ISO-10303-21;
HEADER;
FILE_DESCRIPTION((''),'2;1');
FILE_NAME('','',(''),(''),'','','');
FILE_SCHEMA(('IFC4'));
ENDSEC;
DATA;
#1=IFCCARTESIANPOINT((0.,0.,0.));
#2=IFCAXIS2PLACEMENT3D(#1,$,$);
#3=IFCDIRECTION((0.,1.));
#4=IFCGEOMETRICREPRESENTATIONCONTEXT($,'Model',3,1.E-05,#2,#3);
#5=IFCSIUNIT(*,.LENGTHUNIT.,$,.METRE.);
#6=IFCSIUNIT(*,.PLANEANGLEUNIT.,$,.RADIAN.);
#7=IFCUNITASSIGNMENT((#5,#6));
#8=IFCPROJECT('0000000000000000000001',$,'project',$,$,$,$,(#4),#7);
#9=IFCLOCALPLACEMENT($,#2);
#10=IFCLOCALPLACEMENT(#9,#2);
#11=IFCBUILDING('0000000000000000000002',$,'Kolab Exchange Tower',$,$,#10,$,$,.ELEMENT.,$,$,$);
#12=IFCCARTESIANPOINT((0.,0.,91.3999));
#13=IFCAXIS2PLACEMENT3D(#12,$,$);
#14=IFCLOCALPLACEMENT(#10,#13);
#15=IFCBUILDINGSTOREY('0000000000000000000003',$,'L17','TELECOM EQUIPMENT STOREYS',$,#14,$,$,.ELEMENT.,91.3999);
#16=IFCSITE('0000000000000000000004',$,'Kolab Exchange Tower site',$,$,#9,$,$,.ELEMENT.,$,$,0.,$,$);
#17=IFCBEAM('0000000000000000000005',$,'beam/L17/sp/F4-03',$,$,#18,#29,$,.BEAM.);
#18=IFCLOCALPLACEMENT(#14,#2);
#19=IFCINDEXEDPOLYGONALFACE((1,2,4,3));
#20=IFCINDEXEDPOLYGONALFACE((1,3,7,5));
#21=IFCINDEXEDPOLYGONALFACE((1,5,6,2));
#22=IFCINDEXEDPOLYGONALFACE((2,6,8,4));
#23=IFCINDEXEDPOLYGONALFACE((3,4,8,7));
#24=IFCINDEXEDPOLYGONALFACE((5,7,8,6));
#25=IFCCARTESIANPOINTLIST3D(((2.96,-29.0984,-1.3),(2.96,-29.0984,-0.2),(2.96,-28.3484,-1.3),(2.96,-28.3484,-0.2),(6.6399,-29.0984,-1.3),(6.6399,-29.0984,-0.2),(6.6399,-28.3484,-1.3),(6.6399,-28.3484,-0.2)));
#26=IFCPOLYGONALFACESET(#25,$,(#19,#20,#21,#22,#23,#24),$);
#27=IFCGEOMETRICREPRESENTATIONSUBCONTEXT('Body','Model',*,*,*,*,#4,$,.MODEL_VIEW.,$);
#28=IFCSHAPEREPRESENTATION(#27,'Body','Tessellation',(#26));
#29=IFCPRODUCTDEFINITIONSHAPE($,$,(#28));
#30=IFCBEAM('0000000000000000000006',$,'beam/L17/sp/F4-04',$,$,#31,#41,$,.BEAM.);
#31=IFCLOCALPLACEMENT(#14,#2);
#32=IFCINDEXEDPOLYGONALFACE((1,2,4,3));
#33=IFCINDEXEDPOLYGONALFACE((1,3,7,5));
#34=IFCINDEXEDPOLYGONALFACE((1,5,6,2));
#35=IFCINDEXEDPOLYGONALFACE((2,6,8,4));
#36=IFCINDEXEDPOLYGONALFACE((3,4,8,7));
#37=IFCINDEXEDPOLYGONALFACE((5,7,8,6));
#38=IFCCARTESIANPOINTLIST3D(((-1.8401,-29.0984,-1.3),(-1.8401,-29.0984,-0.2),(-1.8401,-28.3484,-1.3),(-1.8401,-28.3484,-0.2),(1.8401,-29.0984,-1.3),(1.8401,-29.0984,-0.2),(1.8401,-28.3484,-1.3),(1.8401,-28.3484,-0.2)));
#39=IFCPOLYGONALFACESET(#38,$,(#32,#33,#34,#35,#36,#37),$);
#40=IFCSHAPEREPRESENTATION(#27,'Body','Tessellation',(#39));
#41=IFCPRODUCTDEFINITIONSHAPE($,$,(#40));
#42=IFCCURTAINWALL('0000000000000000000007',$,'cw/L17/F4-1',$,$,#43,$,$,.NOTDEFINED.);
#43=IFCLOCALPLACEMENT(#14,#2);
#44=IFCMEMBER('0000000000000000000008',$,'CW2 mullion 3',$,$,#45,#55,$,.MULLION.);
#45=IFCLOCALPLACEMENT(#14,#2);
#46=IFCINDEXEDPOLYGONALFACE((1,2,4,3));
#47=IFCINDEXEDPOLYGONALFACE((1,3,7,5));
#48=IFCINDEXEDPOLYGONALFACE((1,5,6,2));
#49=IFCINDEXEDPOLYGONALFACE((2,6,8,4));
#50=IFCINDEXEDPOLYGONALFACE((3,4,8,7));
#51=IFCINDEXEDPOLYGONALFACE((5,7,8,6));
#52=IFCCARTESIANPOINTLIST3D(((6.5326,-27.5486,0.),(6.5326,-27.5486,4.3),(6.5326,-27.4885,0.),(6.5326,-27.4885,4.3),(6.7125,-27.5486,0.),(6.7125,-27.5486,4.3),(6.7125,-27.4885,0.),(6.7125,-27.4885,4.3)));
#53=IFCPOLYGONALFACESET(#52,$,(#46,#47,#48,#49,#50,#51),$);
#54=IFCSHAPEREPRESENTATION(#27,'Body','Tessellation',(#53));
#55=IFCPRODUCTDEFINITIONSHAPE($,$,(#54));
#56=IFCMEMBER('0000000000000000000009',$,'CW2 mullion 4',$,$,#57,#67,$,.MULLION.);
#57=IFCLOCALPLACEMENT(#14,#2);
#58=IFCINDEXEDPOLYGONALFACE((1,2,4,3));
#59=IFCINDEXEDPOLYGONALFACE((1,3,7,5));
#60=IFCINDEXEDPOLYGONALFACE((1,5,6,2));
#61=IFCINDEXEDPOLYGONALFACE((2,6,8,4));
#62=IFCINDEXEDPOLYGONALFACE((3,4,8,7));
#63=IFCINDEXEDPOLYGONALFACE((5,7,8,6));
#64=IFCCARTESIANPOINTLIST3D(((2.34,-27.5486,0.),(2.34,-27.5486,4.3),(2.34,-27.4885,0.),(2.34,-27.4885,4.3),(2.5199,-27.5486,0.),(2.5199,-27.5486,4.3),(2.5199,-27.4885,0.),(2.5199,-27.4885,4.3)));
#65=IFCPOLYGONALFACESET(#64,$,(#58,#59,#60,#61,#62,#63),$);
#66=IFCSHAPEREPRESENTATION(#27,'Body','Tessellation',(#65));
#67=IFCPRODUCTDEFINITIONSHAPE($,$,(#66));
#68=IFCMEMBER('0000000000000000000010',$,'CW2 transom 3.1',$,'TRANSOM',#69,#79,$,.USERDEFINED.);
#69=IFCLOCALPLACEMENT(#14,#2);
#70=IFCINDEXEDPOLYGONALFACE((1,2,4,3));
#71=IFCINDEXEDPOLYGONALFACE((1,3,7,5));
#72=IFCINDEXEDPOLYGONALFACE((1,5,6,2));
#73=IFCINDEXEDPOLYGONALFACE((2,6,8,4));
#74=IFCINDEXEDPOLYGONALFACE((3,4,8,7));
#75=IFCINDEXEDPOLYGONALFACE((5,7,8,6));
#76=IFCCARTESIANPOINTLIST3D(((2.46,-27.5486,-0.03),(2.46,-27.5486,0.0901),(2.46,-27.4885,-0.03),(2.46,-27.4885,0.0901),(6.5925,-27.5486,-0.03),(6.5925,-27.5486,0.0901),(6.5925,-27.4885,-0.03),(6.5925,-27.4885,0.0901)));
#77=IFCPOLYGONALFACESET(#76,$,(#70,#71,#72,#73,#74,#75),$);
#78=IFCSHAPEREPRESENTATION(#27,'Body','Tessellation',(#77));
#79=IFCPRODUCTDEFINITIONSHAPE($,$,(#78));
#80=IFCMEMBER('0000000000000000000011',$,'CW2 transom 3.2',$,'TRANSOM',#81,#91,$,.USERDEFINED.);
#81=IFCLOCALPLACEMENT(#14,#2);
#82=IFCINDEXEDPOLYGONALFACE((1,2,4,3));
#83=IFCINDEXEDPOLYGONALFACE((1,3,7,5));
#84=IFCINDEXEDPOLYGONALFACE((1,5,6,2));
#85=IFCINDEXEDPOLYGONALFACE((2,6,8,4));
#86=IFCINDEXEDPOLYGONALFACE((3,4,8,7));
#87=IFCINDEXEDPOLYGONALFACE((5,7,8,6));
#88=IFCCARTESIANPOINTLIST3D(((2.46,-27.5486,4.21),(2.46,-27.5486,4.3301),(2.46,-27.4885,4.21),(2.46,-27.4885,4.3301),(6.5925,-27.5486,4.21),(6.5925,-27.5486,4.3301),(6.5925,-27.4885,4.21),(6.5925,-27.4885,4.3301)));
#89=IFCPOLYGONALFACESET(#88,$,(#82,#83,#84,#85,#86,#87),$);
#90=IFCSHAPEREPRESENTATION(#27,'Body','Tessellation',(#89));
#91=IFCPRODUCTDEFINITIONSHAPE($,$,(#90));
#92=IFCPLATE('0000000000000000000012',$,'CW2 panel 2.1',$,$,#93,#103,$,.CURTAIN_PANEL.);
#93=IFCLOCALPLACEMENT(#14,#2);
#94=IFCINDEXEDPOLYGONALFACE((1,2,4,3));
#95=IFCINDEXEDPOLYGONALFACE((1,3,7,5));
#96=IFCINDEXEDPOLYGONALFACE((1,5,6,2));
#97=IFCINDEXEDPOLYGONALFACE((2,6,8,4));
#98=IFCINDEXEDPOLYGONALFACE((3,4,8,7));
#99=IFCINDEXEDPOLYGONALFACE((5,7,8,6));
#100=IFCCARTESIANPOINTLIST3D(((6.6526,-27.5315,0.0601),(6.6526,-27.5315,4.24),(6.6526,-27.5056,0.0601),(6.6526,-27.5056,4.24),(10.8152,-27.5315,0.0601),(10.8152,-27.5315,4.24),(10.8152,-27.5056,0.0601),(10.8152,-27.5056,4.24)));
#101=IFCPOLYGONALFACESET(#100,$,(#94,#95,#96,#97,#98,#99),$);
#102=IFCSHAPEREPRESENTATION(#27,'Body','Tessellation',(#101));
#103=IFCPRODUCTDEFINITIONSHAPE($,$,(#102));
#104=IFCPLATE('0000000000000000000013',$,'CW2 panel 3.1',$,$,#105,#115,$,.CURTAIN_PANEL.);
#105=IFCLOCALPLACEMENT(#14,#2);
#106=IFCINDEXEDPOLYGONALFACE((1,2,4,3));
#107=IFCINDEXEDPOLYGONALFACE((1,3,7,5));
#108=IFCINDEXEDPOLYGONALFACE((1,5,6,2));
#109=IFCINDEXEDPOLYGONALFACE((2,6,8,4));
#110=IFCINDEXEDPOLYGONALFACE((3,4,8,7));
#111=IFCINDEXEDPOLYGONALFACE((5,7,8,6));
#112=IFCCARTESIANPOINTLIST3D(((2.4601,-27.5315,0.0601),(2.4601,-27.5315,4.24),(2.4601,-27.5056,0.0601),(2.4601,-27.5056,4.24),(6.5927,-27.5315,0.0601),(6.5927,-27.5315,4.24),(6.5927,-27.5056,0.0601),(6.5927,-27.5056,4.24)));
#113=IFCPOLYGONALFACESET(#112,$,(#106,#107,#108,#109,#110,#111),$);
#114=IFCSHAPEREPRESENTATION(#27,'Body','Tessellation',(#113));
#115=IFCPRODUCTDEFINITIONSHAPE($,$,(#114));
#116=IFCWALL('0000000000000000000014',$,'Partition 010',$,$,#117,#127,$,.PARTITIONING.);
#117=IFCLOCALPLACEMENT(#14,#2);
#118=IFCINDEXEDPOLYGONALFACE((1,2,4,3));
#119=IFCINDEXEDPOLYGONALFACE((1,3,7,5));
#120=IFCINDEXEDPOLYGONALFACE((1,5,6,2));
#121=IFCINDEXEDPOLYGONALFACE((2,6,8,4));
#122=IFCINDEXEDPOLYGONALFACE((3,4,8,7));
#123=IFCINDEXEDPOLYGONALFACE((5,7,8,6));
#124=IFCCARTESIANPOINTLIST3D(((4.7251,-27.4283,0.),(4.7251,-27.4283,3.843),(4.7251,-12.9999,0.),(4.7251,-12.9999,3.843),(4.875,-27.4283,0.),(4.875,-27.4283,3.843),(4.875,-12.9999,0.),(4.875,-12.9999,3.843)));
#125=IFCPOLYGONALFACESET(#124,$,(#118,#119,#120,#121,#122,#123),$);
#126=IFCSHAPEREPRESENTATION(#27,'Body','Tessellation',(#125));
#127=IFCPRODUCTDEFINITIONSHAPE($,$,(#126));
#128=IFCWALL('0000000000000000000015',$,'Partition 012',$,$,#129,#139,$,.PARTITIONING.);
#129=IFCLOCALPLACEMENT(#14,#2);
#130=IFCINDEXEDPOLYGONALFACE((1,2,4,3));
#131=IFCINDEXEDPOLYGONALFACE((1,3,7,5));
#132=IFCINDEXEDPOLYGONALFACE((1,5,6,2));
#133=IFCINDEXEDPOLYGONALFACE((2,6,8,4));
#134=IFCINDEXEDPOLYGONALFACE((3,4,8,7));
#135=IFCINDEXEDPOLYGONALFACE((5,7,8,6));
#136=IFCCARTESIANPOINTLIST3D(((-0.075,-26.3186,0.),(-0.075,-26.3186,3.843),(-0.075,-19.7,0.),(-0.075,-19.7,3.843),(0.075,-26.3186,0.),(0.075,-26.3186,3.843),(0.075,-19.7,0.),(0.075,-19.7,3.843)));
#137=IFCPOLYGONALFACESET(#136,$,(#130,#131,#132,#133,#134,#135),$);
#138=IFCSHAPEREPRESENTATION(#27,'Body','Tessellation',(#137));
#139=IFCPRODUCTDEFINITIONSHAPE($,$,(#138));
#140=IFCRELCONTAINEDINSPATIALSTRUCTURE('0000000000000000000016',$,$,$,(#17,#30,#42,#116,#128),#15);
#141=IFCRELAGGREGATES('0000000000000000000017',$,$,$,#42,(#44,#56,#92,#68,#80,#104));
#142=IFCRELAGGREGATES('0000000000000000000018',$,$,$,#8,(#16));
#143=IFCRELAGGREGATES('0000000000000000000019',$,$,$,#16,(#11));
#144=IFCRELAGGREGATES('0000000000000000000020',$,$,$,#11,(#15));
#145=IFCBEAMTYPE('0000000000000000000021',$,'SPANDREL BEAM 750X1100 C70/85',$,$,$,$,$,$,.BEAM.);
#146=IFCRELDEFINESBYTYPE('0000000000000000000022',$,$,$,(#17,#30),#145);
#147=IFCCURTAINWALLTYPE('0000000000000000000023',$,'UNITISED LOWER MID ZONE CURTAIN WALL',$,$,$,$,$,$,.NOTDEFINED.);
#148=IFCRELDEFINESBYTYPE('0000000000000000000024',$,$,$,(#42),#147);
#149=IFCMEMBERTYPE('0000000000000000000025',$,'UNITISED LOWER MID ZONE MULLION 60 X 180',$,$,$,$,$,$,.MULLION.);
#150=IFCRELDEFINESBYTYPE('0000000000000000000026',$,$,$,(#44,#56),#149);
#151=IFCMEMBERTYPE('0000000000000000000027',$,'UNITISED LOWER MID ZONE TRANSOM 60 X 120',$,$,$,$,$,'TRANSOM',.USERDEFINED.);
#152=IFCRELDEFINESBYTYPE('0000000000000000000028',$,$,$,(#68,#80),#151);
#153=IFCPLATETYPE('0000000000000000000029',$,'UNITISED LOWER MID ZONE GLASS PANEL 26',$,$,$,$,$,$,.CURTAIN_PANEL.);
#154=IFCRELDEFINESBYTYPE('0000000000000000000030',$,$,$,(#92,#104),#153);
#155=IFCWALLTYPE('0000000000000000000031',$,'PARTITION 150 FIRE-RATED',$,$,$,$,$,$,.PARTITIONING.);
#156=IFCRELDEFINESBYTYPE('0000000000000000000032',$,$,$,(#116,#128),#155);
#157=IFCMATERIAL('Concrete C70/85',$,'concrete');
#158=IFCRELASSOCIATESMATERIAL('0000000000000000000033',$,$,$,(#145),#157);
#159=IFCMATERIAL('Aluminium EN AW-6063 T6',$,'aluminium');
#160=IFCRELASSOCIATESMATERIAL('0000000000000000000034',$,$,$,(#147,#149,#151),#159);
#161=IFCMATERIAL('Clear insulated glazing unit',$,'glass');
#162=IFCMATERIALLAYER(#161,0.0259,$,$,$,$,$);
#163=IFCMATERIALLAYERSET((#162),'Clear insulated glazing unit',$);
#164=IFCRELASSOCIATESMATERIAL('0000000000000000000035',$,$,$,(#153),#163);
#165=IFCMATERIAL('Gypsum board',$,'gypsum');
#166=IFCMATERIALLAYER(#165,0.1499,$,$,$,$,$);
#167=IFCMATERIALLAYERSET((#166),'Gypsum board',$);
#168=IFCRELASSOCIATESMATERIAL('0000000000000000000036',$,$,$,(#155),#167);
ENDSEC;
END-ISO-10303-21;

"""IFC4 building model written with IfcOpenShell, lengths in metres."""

from ifc_helpers import new_model, si_unit, direction, frame, frame_2d, origin, origin_2d, place, context, subcontext, project, spatial, rectangle, extrude, material, layer, layer_set, material_profile, profile_set, type_object, element, aggregate, save


model = new_model("IFC4")

# Units and contexts
model_context = context("Model", 3, precision=1e-05, world=origin(), true_north=direction((0.0, 1.0)))
body_context = subcontext(model_context, "Body", "Model", "MODEL_VIEW")
ifc_project = project(units=[si_unit("LENGTHUNIT", "METRE"), si_unit("PLANEANGLEUNIT", "RADIAN")], contexts=[model_context])

# Site, building, storey
site_placement = place(None, origin())
site = spatial("IfcSite", under=ifc_project, at=site_placement, Name="Kolab Exchange Tower site", CompositionType="ELEMENT", RefElevation=0.0)
building_placement = place(site_placement, origin())
building = spatial("IfcBuilding", under=site, at=building_placement, Name="Kolab Exchange Tower", CompositionType="ELEMENT")
storey_placement = place(building_placement, frame((0.0, 0.0, 91.3999)))
storey = spatial("IfcBuildingStorey", under=building, at=storey_placement, Name="L17", Description="TELECOM EQUIPMENT STOREYS", CompositionType="ELEMENT", Elevation=91.3999)

# Shared definitions
ifc_material_1 = material(Name="Concrete C70/85", Category="concrete")

# Beams
ifc_material_profile_1 = material_profile(ifc_material_1, rectangle(XDim=0.75, YDim=1.1001, at=origin_2d()), Name="RC750X1100")
ifc_profile_set_1 = profile_set([ifc_material_profile_1], Name="Concrete C70/85")
beam_type_1 = type_object("IfcBeamType", Name="SPANDREL BEAM 750X1100 C70/85", PredefinedType="BEAM", material=ifc_profile_set_1)
beam_1_placement = place(storey_placement, frame((6.6399, -28.7234, -0.75), z_axis=(-1.0, 0.0, 0.0), x_axis=(0.0, -1.0, 0.0)))
element("IfcBeam", 1, at=beam_1_placement, inside=storey, type_object=beam_type_1, Name="beam/L17/sp/F4-03", PredefinedType="BEAM", context=body_context, shape_type="SweptSolid", body=[
    extrude(rectangle(XDim=0.75, YDim=1.1001, at=origin_2d()), origin(), (0.0, 0.0, 1.0), 3.6799),
])
beam_2_placement = place(storey_placement, frame((1.8401, -28.7234, -0.75), z_axis=(-1.0, 0.0, 0.0), x_axis=(0.0, -1.0, 0.0)))
element("IfcBeam", 2, at=beam_2_placement, inside=storey, type_object=beam_type_1, Name="beam/L17/sp/F4-04", PredefinedType="BEAM", context=body_context, shape_type="SweptSolid", body=[
    extrude(rectangle(XDim=0.75, YDim=1.1001, at=origin_2d()), origin(), (0.0, 0.0, 1.0), 3.6802),
])

# Curtain wall, members, plates
ifc_material_2 = material(Name="Aluminium EN AW-6063 T6", Category="aluminium")
curtain_wall_type = type_object("IfcCurtainWallType", Name="UNITISED LOWER MID ZONE CURTAIN WALL", PredefinedType="NOTDEFINED", material=ifc_material_2)
curtain_wall_placement = place(storey_placement, origin())
curtain_wall = element("IfcCurtainWall", 3, at=curtain_wall_placement, inside=storey, type_object=curtain_wall_type, Name="cw/L17/F4-1", PredefinedType="NOTDEFINED")
ifc_material_profile_2 = material_profile(ifc_material_2, rectangle(XDim=0.0601, YDim=0.1799, at=origin_2d()), Name="RECT 60X180")
ifc_profile_set_2 = profile_set([ifc_material_profile_2], Name="Aluminium EN AW-6063 T6")
member_type_1 = type_object("IfcMemberType", Name="UNITISED LOWER MID ZONE MULLION 60 X 180", PredefinedType="MULLION", material=ifc_profile_set_2)
member_1_placement = place(storey_placement, frame((6.6226, -27.5186, 0.0), z_axis=(0.0, 0.0, 1.0), x_axis=(0.0, -1.0, 0.0)))
member_1 = element("IfcMember", 4, at=member_1_placement, type_object=member_type_1, Name="CW2 mullion 3", PredefinedType="MULLION", context=body_context, shape_type="SweptSolid", body=[
    extrude(rectangle(XDim=0.0601, YDim=0.1799, at=origin_2d()), origin(), (0.0, 0.0, 1.0), 4.3),
])
member_2_placement = place(storey_placement, frame((2.4299, -27.5186, 0.0), z_axis=(0.0, 0.0, 1.0), x_axis=(0.0, -1.0, 0.0)))
member_2 = element("IfcMember", 5, at=member_2_placement, type_object=member_type_1, Name="CW2 mullion 4", PredefinedType="MULLION", context=body_context, shape_type="SweptSolid", body=[
    extrude(rectangle(XDim=0.0601, YDim=0.1799, at=origin_2d()), origin(), (0.0, 0.0, 1.0), 4.3),
])
ifc_material_profile_3 = material_profile(ifc_material_2, rectangle(XDim=0.0601, YDim=0.1201, at=origin_2d()), Name="RECT 60X120")
ifc_profile_set_3 = profile_set([ifc_material_profile_3], Name="Aluminium EN AW-6063 T6")
member_type_2 = type_object("IfcMemberType", Name="UNITISED LOWER MID ZONE TRANSOM 60 X 120", ElementType="TRANSOM", PredefinedType="USERDEFINED", material=ifc_profile_set_3)
member_3_placement = place(storey_placement, frame((6.5925, -27.5186, 0.03), z_axis=(-1.0, 0.0, 0.0), x_axis=(0.0, -1.0, 0.0)))
member_3 = element("IfcMember", 6, at=member_3_placement, type_object=member_type_2, Name="CW2 transom 3.1", ObjectType="TRANSOM", PredefinedType="USERDEFINED", context=body_context, shape_type="SweptSolid", body=[
    extrude(rectangle(XDim=0.0601, YDim=0.1201, at=origin_2d()), origin(), (0.0, 0.0, 1.0), 4.1326),
])
member_4_placement = place(storey_placement, frame((6.5925, -27.5186, 4.27), z_axis=(-1.0, 0.0, 0.0), x_axis=(0.0, -1.0, 0.0)))
member_4 = element("IfcMember", 7, at=member_4_placement, type_object=member_type_2, Name="CW2 transom 3.2", ObjectType="TRANSOM", PredefinedType="USERDEFINED", context=body_context, shape_type="SweptSolid", body=[
    extrude(rectangle(XDim=0.0601, YDim=0.1201, at=origin_2d()), origin(), (0.0, 0.0, 1.0), 4.1326),
])
ifc_material_3 = material(Name="Clear insulated glazing unit", Category="glass")
ifc_layer_1 = layer(ifc_material_3, 0.0259)
ifc_layer_set_1 = layer_set([ifc_layer_1], Name="Clear insulated glazing unit")
plate_type = type_object("IfcPlateType", Name="UNITISED LOWER MID ZONE GLASS PANEL 26", PredefinedType="CURTAIN_PANEL", material=ifc_layer_set_1)
plate_1_placement = place(storey_placement, frame((8.7339, -27.5186, 0.0601), z_axis=(0.0, 0.0, 1.0), x_axis=(-1.0, 0.0, 0.0)))
plate_1 = element("IfcPlate", 8, at=plate_1_placement, type_object=plate_type, Name="CW2 panel 2.1", PredefinedType="CURTAIN_PANEL", context=body_context, shape_type="SweptSolid", body=[
    extrude(rectangle(XDim=4.1626, YDim=0.0259, at=origin_2d()), origin(), (0.0, 0.0, 1.0), 4.1799),
])
plate_2_placement = place(storey_placement, frame((4.5264, -27.5186, 0.0601), z_axis=(0.0, 0.0, 1.0), x_axis=(-1.0, 0.0, 0.0)))
plate_2 = element("IfcPlate", 9, at=plate_2_placement, type_object=plate_type, Name="CW2 panel 3.1", PredefinedType="CURTAIN_PANEL", context=body_context, shape_type="SweptSolid", body=[
    extrude(rectangle(XDim=4.1326, YDim=0.0259, at=origin_2d()), origin(), (0.0, 0.0, 1.0), 4.1799),
])
aggregate(curtain_wall, [member_1, member_2, plate_1, member_3, member_4, plate_2])

# Walls
ifc_material_4 = material(Name="Gypsum board", Category="gypsum")
ifc_layer_2 = layer(ifc_material_4, 0.1499)
ifc_layer_set_2 = layer_set([ifc_layer_2], Name="Gypsum board")
wall_type_1 = type_object("IfcWallType", Name="PARTITION 150 FIRE-RATED", PredefinedType="PARTITIONING", material=ifc_layer_set_2)
wall_1_placement = place(storey_placement, frame((4.8, -27.4285, 0.0), z_axis=(0.0, 0.0, 1.0), x_axis=(0.0, 1.0, 0.0)))
element("IfcWall", 10, at=wall_1_placement, inside=storey, type_object=wall_type_1, Name="Partition 010", PredefinedType="PARTITIONING", context=body_context, shape_type="SweptSolid", body=[
    extrude(rectangle(XDim=14.4285, YDim=0.1499, at=frame_2d((7.2144, 0.0))), origin(), (0.0, 0.0, 1.0), 3.843),
])
wall_2_placement = place(storey_placement, frame((0.0, -26.3186, 0.0), z_axis=(0.0, 0.0, 1.0), x_axis=(0.0, 1.0, 0.0)))
element("IfcWall", 11, at=wall_2_placement, inside=storey, type_object=wall_type_1, Name="Partition 012", PredefinedType="PARTITIONING", context=body_context, shape_type="SweptSolid", body=[
    extrude(rectangle(XDim=6.6187, YDim=0.1499, at=frame_2d((3.3093, 0.0))), origin(), (0.0, 0.0, 1.0), 3.843),
])

save(model, "model.ifc")
